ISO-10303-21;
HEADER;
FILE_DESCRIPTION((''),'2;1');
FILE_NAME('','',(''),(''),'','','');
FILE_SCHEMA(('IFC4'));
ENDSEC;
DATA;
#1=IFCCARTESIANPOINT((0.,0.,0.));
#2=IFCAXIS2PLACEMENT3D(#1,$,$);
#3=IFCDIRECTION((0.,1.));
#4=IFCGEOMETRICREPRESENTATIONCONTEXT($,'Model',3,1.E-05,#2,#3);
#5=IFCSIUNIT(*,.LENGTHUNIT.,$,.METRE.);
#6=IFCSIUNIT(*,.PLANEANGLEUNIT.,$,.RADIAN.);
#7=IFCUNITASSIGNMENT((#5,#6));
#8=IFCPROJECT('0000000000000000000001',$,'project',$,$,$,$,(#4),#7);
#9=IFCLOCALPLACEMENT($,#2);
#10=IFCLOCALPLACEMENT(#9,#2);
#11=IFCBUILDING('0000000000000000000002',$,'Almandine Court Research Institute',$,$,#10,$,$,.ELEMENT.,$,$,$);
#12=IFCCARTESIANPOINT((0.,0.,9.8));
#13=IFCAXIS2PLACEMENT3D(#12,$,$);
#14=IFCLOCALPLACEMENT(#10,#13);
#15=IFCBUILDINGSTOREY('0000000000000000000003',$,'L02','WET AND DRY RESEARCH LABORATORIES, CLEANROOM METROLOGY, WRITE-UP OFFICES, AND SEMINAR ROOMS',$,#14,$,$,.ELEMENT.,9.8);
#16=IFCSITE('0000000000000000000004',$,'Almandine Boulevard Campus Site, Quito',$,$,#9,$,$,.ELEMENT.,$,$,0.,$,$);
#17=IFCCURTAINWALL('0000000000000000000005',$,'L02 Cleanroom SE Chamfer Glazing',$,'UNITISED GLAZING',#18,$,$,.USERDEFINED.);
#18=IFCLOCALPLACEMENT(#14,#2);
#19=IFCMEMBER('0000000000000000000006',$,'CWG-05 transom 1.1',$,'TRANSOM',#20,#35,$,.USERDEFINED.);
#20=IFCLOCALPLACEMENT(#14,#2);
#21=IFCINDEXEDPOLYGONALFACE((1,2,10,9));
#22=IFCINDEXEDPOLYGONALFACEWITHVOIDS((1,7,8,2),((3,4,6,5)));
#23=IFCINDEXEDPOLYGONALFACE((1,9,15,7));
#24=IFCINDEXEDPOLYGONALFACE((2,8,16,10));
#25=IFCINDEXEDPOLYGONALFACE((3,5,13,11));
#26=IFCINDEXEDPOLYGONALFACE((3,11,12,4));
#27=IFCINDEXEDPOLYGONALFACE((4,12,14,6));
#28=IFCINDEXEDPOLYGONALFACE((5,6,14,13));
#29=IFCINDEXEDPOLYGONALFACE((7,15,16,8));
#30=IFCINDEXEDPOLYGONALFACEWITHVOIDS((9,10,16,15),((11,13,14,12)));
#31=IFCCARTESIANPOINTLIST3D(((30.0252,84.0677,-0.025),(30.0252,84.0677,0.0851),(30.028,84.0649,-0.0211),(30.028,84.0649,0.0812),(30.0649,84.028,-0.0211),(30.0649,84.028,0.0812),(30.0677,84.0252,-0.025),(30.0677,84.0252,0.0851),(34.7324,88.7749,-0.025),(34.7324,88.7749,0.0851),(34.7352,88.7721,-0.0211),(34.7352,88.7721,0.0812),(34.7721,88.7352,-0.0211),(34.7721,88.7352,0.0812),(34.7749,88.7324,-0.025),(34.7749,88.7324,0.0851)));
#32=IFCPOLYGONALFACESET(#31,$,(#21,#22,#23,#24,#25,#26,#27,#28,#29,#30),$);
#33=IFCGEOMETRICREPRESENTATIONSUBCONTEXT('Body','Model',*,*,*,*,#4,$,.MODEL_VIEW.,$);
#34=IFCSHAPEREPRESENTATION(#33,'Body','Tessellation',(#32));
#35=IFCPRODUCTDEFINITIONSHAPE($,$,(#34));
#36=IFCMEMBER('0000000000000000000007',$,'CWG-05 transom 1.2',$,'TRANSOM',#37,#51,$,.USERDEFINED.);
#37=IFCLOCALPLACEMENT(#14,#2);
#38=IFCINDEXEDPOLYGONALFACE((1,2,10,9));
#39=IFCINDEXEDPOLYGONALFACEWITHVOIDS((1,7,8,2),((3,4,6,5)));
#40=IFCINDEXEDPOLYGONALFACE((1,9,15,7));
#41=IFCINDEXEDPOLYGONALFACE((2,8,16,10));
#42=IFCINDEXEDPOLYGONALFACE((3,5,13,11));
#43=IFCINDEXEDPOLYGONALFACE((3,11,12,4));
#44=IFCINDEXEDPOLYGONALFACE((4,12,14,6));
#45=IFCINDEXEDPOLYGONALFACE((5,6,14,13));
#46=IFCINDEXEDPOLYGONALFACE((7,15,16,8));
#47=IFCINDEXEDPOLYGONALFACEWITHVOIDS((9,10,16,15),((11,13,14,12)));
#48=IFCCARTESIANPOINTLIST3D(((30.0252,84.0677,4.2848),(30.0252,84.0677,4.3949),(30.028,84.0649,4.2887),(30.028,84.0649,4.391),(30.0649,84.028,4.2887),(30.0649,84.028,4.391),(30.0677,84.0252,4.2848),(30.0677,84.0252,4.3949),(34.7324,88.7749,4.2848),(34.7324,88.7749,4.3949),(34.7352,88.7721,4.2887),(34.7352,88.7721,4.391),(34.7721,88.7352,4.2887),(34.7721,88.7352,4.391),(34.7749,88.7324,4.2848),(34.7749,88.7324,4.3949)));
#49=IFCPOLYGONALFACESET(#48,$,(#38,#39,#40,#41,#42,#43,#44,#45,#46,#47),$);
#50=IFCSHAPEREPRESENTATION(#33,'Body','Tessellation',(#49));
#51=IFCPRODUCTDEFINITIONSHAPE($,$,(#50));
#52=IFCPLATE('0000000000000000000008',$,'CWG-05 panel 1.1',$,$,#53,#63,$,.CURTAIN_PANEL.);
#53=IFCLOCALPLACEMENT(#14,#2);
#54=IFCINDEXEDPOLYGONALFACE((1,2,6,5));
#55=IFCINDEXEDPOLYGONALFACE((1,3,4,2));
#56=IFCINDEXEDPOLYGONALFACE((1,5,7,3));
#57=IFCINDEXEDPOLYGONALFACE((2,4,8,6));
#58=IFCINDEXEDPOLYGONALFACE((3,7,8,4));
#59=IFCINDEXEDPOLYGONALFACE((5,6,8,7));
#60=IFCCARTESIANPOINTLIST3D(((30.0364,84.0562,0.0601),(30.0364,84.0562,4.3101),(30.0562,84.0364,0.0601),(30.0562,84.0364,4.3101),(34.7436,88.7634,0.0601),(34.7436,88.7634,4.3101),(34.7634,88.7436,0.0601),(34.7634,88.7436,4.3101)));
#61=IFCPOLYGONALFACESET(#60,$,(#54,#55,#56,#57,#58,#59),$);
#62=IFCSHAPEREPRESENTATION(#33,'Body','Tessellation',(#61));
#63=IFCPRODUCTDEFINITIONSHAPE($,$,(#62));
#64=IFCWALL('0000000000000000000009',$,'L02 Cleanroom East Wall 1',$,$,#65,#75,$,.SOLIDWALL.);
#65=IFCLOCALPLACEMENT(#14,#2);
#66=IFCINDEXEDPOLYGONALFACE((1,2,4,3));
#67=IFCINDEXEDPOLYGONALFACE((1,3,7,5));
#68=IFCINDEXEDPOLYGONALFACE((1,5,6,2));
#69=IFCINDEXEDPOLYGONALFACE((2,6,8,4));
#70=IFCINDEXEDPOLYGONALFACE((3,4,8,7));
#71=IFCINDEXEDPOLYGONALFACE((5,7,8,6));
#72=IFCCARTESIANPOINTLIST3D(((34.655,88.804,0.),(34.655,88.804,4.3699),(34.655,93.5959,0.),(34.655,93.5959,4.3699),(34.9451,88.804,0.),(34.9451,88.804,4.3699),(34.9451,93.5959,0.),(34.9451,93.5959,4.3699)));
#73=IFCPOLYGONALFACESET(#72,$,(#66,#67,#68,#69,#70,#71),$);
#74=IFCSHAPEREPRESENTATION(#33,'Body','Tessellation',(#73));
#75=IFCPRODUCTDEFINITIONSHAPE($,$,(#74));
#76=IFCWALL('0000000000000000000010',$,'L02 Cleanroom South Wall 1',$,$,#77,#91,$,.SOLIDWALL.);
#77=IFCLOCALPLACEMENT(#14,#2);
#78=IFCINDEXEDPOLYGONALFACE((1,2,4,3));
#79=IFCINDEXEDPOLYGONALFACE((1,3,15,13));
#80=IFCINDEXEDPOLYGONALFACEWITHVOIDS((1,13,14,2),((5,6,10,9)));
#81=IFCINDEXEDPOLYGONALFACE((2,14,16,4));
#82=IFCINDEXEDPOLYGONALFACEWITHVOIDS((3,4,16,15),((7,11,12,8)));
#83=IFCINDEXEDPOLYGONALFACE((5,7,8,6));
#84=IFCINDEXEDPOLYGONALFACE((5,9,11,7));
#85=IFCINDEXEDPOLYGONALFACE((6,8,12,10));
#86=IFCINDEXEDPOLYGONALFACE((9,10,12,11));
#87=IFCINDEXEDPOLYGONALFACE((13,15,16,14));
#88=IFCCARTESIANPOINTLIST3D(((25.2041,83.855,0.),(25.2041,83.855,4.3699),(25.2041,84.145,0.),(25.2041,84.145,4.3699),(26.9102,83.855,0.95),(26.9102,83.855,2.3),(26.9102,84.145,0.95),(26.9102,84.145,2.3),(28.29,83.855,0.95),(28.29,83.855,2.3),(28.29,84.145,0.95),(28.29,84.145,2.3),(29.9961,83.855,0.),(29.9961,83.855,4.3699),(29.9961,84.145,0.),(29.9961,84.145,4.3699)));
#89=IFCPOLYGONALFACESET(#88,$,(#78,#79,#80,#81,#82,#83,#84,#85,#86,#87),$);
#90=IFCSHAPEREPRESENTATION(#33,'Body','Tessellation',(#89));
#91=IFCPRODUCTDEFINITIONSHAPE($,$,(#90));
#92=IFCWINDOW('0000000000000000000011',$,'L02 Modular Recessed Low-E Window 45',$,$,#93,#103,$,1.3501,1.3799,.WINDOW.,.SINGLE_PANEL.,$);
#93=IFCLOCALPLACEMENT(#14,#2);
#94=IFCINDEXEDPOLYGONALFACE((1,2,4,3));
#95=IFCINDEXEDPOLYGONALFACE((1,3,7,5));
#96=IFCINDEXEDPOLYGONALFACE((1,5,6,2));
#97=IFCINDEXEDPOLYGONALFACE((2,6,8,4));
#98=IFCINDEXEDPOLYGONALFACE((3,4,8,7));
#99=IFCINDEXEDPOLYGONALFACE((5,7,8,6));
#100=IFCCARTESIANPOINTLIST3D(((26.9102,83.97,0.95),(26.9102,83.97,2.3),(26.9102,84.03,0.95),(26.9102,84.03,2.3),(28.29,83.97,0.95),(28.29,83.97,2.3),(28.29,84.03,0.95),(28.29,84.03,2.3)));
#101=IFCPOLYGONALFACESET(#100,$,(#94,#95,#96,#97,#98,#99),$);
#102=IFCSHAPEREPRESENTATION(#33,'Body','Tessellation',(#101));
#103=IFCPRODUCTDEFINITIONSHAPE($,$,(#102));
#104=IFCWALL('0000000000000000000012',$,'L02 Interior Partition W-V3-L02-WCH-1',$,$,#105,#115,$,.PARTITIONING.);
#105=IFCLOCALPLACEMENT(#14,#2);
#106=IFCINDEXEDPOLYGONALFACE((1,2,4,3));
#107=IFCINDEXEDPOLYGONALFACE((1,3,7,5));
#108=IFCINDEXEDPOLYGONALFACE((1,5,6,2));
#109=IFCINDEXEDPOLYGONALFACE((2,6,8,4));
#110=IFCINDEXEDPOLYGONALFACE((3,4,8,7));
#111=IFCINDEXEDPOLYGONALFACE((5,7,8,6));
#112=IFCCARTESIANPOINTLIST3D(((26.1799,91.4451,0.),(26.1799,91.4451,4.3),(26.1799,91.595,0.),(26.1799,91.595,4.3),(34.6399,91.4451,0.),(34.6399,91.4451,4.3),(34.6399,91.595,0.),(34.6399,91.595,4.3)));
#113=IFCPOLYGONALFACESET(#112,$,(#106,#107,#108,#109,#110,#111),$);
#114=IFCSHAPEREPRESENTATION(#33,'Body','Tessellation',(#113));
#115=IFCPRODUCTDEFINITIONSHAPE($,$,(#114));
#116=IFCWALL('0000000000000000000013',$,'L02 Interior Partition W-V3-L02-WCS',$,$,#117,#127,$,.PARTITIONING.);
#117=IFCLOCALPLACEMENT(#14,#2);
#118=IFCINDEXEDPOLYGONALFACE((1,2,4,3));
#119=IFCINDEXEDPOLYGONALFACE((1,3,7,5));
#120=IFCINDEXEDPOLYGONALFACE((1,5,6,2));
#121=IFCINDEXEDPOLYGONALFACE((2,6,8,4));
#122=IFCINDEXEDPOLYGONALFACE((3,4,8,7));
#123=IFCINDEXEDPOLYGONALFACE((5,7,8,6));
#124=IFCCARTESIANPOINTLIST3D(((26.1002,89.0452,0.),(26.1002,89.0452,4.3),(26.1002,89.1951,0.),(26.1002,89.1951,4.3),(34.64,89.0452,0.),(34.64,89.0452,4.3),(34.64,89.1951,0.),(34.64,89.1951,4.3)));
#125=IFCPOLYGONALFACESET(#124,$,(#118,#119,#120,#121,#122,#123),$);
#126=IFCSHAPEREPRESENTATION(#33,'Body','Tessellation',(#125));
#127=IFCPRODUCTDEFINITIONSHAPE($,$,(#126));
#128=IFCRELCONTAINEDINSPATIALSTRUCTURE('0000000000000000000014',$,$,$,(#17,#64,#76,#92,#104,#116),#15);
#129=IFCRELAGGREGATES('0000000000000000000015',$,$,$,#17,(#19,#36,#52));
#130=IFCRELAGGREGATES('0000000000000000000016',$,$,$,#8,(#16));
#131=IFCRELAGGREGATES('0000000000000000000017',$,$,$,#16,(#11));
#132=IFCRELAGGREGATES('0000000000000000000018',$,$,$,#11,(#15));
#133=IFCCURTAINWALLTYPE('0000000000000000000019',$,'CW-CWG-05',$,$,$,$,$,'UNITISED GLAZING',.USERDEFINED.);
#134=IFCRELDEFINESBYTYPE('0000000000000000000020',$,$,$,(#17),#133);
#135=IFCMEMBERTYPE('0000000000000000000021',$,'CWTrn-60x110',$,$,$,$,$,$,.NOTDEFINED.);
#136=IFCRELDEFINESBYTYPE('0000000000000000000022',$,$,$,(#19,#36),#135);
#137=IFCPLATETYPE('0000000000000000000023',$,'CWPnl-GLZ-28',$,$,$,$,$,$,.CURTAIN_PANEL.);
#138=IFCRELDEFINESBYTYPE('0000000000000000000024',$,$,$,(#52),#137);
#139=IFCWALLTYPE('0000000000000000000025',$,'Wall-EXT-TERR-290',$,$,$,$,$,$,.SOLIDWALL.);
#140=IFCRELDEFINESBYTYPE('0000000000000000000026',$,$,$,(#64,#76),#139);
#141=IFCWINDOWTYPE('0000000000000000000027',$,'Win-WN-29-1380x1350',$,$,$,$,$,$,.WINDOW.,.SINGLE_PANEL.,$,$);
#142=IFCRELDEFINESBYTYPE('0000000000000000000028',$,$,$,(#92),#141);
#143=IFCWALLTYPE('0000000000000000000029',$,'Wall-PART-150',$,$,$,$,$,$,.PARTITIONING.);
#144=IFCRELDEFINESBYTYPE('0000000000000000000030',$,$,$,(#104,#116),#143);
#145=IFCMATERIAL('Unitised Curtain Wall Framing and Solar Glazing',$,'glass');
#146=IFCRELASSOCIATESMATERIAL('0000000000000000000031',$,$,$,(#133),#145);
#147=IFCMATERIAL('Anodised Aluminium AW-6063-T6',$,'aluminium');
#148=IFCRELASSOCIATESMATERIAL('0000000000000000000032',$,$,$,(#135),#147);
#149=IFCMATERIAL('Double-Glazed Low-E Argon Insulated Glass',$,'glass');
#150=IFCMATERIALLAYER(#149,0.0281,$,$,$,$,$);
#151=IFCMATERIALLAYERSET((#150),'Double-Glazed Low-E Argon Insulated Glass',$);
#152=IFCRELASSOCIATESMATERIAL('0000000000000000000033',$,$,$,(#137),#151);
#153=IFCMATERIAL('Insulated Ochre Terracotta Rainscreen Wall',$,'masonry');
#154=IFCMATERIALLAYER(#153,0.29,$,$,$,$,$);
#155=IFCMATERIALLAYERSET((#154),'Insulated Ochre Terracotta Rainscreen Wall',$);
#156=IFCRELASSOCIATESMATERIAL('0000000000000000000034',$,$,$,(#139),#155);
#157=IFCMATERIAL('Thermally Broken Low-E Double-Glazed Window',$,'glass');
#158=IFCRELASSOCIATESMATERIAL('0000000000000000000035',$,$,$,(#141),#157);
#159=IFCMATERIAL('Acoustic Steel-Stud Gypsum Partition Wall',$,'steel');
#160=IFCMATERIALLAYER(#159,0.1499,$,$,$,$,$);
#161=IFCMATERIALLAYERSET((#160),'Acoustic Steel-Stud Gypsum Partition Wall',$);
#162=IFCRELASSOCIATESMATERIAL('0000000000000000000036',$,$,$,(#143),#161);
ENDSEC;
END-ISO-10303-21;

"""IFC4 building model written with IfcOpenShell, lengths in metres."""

from ifc_helpers import new_model, si_unit, direction, frame, frame_2d, origin, origin_2d, place, context, subcontext, project, spatial, rectangle, hollow_rectangle, extrude, material, layer, layer_set, material_profile, profile_set, type_object, element, fill, aggregate, save


model = new_model("IFC4")

# Units and contexts
model_context = context("Model", 3, precision=1e-05, world=origin(), true_north=direction((0.0, 1.0)))
body_context = subcontext(model_context, "Body", "Model", "MODEL_VIEW")
ifc_project = project(units=[si_unit("LENGTHUNIT", "METRE"), si_unit("PLANEANGLEUNIT", "RADIAN")], contexts=[model_context])

# Site, building, storey
site_placement = place(None, origin())
site = spatial("IfcSite", under=ifc_project, at=site_placement, Name="Almandine Boulevard Campus Site, Quito", CompositionType="ELEMENT", RefElevation=0.0)
building_placement = place(site_placement, origin())
building = spatial("IfcBuilding", under=site, at=building_placement, Name="Almandine Court Research Institute", CompositionType="ELEMENT")
storey_placement = place(building_placement, frame((0.0, 0.0, 9.8)))
storey = spatial("IfcBuildingStorey", under=building, at=storey_placement, Name="L02", Description="WET AND DRY RESEARCH LABORATORIES, CLEANROOM METROLOGY, WRITE-UP OFFICES, AND SEMINAR ROOMS", CompositionType="ELEMENT", Elevation=9.8)

# Curtain wall
ifc_material_1 = material(Name="Unitised Curtain Wall Framing and Solar Glazing", Category="glass")
curtain_wall_type_1 = type_object("IfcCurtainWallType", Name="CW-CWG-05", ElementType="UNITISED GLAZING", PredefinedType="USERDEFINED", material=ifc_material_1)
curtain_wall_1_placement = place(storey_placement, origin())
curtain_wall_1 = element("IfcCurtainWall", 1, at=curtain_wall_1_placement, inside=storey, type_object=curtain_wall_type_1, Name="L02 Cleanroom SE Chamfer Glazing", ObjectType="UNITISED GLAZING", PredefinedType="USERDEFINED")
ifc_material_2 = material(Name="Anodised Aluminium AW-6063-T6", Category="aluminium")

# Members
ifc_material_profile_1 = material_profile(ifc_material_2, hollow_rectangle(XDim=0.0601, YDim=0.1101, WallThickness=0.0039, at=origin_2d()), Name="ALU RHS 60x110x4")
ifc_profile_set_1 = profile_set([ifc_material_profile_1], Name="Anodised Aluminium AW-6063-T6")
member_type_1 = type_object("IfcMemberType", Name="CWTrn-60x110", PredefinedType="NOTDEFINED", material=ifc_profile_set_1)
member_1_placement = place(storey_placement, frame((34.7537, 88.7537, 0.03), z_axis=(-0.707107, -0.707107, 0.0), x_axis=(0.707107, -0.707107, 0.0)))
member_1 = element("IfcMember", 2, at=member_1_placement, type_object=member_type_1, Name="CWG-05 transom 1.1", ObjectType="TRANSOM", PredefinedType="USERDEFINED", context=body_context, shape_type="SweptSolid", body=[
    extrude(hollow_rectangle(XDim=0.0601, YDim=0.1101, WallThickness=0.0039, at=origin_2d()), origin(), (0.0, 0.0, 1.0), 6.657),
])
member_2_placement = place(storey_placement, frame((34.7537, 88.7537, 4.3398), z_axis=(-0.707107, -0.707107, 0.0), x_axis=(0.707107, -0.707107, 0.0)))
member_2 = element("IfcMember", 3, at=member_2_placement, type_object=member_type_1, Name="CWG-05 transom 1.2", ObjectType="TRANSOM", PredefinedType="USERDEFINED", context=body_context, shape_type="SweptSolid", body=[
    extrude(hollow_rectangle(XDim=0.0601, YDim=0.1101, WallThickness=0.0039, at=origin_2d()), origin(), (0.0, 0.0, 1.0), 6.657),
])

# Plate
ifc_material_3 = material(Name="Double-Glazed Low-E Argon Insulated Glass", Category="glass")
ifc_layer_1 = layer(ifc_material_3, 0.0281)
ifc_layer_set_1 = layer_set([ifc_layer_1], Name="Double-Glazed Low-E Argon Insulated Glass")
plate_type = type_object("IfcPlateType", Name="CWPnl-GLZ-28", PredefinedType="CURTAIN_PANEL", material=ifc_layer_set_1)
plate_placement = place(storey_placement, frame((32.3999, 86.3999, 0.0601), z_axis=(0.0, 0.0, 1.0), x_axis=(-0.707107, -0.707107, 0.0)))
plate = element("IfcPlate", 4, at=plate_placement, type_object=plate_type, Name="CWG-05 panel 1.1", PredefinedType="CURTAIN_PANEL", context=body_context, shape_type="SweptSolid", body=[
    extrude(rectangle(XDim=6.657, YDim=0.0281, at=origin_2d()), origin(), (0.0, 0.0, 1.0), 4.25),
])
aggregate(curtain_wall_1, [member_1, member_2, plate])

# Wall
ifc_material_4 = material(Name="Insulated Ochre Terracotta Rainscreen Wall", Category="masonry")
ifc_layer_2 = layer(ifc_material_4, 0.29)
ifc_layer_set_2 = layer_set([ifc_layer_2], Name="Insulated Ochre Terracotta Rainscreen Wall")
wall_type_1 = type_object("IfcWallType", Name="Wall-EXT-TERR-290", PredefinedType="SOLIDWALL", material=ifc_layer_set_2)
wall_1_placement = place(storey_placement, frame((34.8, 93.5959, 0.0), z_axis=(0.0, 0.0, 1.0), x_axis=(0.0, -1.0, 0.0)))
element("IfcWall", 5, at=wall_1_placement, inside=storey, type_object=wall_type_1, Name="L02 Cleanroom East Wall 1", PredefinedType="SOLIDWALL", context=body_context, shape_type="SweptSolid", body=[
    extrude(rectangle(XDim=4.792, YDim=0.29, at=frame_2d((2.396, 0.0))), origin(), (0.0, 0.0, 1.0), 4.3699),
])

# Wall, opening, window
wall_2_placement = place(storey_placement, frame((29.9961, 84.0, 0.0), z_axis=(0.0, 0.0, 1.0), x_axis=(-1.0, 0.0, 0.0)))
wall_2 = element("IfcWall", 6, at=wall_2_placement, inside=storey, type_object=wall_type_1, Name="L02 Cleanroom South Wall 1", PredefinedType="SOLIDWALL", context=body_context, shape_type="SweptSolid", body=[
    extrude(rectangle(XDim=4.792, YDim=0.29, at=frame_2d((2.396, 0.0))), origin(), (0.0, 0.0, 1.0), 4.3699),
])
opening_1_placement = place(wall_2_placement, frame((1.7061, 0.0, 0.95)))
opening_1 = element("IfcOpeningElement", 7, at=opening_1_placement, cuts=wall_2, PredefinedType="OPENING", context=body_context, shape_type="SweptSolid", body=[
    extrude(rectangle(XDim=1.3799, YDim=1.3501, at=frame_2d((0.6899, 0.675))), frame((0.0, 0.155, 0.0), z_axis=(0.0, -1.0, 0.0), x_axis=(1.0, 0.0, 0.0)), (0.0, 0.0, 1.0), 0.3101),
])
ifc_material_5 = material(Name="Thermally Broken Low-E Double-Glazed Window", Category="glass")
window_type = type_object("IfcWindowType", Name="Win-WN-29-1380x1350", PartitioningType="SINGLE_PANEL", PredefinedType="WINDOW", material=ifc_material_5)
window_placement = place(opening_1_placement, origin())
window = element("IfcWindow", 8, at=window_placement, inside=storey, type_object=window_type, Name="L02 Modular Recessed Low-E Window 45", OverallHeight=1.3501, OverallWidth=1.3799, PartitioningType="SINGLE_PANEL", PredefinedType="WINDOW", context=body_context, shape_type="SweptSolid", body=[
    extrude(rectangle(XDim=1.3799, YDim=1.3501, at=frame_2d((0.6899, 0.675))), frame((0.0, 0.03, 0.0), z_axis=(0.0, -1.0, 0.0), x_axis=(1.0, 0.0, 0.0)), (0.0, 0.0, 1.0), 0.0601),
])
fill(opening_1, window)

# Walls
ifc_material_6 = material(Name="Acoustic Steel-Stud Gypsum Partition Wall", Category="steel")
ifc_layer_3 = layer(ifc_material_6, 0.1499)
ifc_layer_set_3 = layer_set([ifc_layer_3], Name="Acoustic Steel-Stud Gypsum Partition Wall")
wall_type_2 = type_object("IfcWallType", Name="Wall-PART-150", PredefinedType="PARTITIONING", material=ifc_layer_set_3)
wall_3_placement = place(storey_placement, frame((26.1799, 91.52, 0.0), z_axis=(0.0, 0.0, 1.0), x_axis=(1.0, 0.0, 0.0)))
element("IfcWall", 9, at=wall_3_placement, inside=storey, type_object=wall_type_2, Name="L02 Interior Partition W-V3-L02-WCH-1", PredefinedType="PARTITIONING", context=body_context, shape_type="SweptSolid", body=[
    extrude(rectangle(XDim=8.46, YDim=0.1499, at=frame_2d((4.23, 0.0))), origin(), (0.0, 0.0, 1.0), 4.3),
])
wall_4_placement = place(storey_placement, frame((26.1001, 89.1201, 0.0), z_axis=(0.0, 0.0, 1.0), x_axis=(1.0, 0.0, 0.0)))
element("IfcWall", 10, at=wall_4_placement, inside=storey, type_object=wall_type_2, Name="L02 Interior Partition W-V3-L02-WCS", PredefinedType="PARTITIONING", context=body_context, shape_type="SweptSolid", body=[
    extrude(rectangle(XDim=8.5398, YDim=0.1499, at=frame_2d((4.27, 0.0))), origin(), (0.0, 0.0, 1.0), 4.3),
])

save(model, "model.ifc")
